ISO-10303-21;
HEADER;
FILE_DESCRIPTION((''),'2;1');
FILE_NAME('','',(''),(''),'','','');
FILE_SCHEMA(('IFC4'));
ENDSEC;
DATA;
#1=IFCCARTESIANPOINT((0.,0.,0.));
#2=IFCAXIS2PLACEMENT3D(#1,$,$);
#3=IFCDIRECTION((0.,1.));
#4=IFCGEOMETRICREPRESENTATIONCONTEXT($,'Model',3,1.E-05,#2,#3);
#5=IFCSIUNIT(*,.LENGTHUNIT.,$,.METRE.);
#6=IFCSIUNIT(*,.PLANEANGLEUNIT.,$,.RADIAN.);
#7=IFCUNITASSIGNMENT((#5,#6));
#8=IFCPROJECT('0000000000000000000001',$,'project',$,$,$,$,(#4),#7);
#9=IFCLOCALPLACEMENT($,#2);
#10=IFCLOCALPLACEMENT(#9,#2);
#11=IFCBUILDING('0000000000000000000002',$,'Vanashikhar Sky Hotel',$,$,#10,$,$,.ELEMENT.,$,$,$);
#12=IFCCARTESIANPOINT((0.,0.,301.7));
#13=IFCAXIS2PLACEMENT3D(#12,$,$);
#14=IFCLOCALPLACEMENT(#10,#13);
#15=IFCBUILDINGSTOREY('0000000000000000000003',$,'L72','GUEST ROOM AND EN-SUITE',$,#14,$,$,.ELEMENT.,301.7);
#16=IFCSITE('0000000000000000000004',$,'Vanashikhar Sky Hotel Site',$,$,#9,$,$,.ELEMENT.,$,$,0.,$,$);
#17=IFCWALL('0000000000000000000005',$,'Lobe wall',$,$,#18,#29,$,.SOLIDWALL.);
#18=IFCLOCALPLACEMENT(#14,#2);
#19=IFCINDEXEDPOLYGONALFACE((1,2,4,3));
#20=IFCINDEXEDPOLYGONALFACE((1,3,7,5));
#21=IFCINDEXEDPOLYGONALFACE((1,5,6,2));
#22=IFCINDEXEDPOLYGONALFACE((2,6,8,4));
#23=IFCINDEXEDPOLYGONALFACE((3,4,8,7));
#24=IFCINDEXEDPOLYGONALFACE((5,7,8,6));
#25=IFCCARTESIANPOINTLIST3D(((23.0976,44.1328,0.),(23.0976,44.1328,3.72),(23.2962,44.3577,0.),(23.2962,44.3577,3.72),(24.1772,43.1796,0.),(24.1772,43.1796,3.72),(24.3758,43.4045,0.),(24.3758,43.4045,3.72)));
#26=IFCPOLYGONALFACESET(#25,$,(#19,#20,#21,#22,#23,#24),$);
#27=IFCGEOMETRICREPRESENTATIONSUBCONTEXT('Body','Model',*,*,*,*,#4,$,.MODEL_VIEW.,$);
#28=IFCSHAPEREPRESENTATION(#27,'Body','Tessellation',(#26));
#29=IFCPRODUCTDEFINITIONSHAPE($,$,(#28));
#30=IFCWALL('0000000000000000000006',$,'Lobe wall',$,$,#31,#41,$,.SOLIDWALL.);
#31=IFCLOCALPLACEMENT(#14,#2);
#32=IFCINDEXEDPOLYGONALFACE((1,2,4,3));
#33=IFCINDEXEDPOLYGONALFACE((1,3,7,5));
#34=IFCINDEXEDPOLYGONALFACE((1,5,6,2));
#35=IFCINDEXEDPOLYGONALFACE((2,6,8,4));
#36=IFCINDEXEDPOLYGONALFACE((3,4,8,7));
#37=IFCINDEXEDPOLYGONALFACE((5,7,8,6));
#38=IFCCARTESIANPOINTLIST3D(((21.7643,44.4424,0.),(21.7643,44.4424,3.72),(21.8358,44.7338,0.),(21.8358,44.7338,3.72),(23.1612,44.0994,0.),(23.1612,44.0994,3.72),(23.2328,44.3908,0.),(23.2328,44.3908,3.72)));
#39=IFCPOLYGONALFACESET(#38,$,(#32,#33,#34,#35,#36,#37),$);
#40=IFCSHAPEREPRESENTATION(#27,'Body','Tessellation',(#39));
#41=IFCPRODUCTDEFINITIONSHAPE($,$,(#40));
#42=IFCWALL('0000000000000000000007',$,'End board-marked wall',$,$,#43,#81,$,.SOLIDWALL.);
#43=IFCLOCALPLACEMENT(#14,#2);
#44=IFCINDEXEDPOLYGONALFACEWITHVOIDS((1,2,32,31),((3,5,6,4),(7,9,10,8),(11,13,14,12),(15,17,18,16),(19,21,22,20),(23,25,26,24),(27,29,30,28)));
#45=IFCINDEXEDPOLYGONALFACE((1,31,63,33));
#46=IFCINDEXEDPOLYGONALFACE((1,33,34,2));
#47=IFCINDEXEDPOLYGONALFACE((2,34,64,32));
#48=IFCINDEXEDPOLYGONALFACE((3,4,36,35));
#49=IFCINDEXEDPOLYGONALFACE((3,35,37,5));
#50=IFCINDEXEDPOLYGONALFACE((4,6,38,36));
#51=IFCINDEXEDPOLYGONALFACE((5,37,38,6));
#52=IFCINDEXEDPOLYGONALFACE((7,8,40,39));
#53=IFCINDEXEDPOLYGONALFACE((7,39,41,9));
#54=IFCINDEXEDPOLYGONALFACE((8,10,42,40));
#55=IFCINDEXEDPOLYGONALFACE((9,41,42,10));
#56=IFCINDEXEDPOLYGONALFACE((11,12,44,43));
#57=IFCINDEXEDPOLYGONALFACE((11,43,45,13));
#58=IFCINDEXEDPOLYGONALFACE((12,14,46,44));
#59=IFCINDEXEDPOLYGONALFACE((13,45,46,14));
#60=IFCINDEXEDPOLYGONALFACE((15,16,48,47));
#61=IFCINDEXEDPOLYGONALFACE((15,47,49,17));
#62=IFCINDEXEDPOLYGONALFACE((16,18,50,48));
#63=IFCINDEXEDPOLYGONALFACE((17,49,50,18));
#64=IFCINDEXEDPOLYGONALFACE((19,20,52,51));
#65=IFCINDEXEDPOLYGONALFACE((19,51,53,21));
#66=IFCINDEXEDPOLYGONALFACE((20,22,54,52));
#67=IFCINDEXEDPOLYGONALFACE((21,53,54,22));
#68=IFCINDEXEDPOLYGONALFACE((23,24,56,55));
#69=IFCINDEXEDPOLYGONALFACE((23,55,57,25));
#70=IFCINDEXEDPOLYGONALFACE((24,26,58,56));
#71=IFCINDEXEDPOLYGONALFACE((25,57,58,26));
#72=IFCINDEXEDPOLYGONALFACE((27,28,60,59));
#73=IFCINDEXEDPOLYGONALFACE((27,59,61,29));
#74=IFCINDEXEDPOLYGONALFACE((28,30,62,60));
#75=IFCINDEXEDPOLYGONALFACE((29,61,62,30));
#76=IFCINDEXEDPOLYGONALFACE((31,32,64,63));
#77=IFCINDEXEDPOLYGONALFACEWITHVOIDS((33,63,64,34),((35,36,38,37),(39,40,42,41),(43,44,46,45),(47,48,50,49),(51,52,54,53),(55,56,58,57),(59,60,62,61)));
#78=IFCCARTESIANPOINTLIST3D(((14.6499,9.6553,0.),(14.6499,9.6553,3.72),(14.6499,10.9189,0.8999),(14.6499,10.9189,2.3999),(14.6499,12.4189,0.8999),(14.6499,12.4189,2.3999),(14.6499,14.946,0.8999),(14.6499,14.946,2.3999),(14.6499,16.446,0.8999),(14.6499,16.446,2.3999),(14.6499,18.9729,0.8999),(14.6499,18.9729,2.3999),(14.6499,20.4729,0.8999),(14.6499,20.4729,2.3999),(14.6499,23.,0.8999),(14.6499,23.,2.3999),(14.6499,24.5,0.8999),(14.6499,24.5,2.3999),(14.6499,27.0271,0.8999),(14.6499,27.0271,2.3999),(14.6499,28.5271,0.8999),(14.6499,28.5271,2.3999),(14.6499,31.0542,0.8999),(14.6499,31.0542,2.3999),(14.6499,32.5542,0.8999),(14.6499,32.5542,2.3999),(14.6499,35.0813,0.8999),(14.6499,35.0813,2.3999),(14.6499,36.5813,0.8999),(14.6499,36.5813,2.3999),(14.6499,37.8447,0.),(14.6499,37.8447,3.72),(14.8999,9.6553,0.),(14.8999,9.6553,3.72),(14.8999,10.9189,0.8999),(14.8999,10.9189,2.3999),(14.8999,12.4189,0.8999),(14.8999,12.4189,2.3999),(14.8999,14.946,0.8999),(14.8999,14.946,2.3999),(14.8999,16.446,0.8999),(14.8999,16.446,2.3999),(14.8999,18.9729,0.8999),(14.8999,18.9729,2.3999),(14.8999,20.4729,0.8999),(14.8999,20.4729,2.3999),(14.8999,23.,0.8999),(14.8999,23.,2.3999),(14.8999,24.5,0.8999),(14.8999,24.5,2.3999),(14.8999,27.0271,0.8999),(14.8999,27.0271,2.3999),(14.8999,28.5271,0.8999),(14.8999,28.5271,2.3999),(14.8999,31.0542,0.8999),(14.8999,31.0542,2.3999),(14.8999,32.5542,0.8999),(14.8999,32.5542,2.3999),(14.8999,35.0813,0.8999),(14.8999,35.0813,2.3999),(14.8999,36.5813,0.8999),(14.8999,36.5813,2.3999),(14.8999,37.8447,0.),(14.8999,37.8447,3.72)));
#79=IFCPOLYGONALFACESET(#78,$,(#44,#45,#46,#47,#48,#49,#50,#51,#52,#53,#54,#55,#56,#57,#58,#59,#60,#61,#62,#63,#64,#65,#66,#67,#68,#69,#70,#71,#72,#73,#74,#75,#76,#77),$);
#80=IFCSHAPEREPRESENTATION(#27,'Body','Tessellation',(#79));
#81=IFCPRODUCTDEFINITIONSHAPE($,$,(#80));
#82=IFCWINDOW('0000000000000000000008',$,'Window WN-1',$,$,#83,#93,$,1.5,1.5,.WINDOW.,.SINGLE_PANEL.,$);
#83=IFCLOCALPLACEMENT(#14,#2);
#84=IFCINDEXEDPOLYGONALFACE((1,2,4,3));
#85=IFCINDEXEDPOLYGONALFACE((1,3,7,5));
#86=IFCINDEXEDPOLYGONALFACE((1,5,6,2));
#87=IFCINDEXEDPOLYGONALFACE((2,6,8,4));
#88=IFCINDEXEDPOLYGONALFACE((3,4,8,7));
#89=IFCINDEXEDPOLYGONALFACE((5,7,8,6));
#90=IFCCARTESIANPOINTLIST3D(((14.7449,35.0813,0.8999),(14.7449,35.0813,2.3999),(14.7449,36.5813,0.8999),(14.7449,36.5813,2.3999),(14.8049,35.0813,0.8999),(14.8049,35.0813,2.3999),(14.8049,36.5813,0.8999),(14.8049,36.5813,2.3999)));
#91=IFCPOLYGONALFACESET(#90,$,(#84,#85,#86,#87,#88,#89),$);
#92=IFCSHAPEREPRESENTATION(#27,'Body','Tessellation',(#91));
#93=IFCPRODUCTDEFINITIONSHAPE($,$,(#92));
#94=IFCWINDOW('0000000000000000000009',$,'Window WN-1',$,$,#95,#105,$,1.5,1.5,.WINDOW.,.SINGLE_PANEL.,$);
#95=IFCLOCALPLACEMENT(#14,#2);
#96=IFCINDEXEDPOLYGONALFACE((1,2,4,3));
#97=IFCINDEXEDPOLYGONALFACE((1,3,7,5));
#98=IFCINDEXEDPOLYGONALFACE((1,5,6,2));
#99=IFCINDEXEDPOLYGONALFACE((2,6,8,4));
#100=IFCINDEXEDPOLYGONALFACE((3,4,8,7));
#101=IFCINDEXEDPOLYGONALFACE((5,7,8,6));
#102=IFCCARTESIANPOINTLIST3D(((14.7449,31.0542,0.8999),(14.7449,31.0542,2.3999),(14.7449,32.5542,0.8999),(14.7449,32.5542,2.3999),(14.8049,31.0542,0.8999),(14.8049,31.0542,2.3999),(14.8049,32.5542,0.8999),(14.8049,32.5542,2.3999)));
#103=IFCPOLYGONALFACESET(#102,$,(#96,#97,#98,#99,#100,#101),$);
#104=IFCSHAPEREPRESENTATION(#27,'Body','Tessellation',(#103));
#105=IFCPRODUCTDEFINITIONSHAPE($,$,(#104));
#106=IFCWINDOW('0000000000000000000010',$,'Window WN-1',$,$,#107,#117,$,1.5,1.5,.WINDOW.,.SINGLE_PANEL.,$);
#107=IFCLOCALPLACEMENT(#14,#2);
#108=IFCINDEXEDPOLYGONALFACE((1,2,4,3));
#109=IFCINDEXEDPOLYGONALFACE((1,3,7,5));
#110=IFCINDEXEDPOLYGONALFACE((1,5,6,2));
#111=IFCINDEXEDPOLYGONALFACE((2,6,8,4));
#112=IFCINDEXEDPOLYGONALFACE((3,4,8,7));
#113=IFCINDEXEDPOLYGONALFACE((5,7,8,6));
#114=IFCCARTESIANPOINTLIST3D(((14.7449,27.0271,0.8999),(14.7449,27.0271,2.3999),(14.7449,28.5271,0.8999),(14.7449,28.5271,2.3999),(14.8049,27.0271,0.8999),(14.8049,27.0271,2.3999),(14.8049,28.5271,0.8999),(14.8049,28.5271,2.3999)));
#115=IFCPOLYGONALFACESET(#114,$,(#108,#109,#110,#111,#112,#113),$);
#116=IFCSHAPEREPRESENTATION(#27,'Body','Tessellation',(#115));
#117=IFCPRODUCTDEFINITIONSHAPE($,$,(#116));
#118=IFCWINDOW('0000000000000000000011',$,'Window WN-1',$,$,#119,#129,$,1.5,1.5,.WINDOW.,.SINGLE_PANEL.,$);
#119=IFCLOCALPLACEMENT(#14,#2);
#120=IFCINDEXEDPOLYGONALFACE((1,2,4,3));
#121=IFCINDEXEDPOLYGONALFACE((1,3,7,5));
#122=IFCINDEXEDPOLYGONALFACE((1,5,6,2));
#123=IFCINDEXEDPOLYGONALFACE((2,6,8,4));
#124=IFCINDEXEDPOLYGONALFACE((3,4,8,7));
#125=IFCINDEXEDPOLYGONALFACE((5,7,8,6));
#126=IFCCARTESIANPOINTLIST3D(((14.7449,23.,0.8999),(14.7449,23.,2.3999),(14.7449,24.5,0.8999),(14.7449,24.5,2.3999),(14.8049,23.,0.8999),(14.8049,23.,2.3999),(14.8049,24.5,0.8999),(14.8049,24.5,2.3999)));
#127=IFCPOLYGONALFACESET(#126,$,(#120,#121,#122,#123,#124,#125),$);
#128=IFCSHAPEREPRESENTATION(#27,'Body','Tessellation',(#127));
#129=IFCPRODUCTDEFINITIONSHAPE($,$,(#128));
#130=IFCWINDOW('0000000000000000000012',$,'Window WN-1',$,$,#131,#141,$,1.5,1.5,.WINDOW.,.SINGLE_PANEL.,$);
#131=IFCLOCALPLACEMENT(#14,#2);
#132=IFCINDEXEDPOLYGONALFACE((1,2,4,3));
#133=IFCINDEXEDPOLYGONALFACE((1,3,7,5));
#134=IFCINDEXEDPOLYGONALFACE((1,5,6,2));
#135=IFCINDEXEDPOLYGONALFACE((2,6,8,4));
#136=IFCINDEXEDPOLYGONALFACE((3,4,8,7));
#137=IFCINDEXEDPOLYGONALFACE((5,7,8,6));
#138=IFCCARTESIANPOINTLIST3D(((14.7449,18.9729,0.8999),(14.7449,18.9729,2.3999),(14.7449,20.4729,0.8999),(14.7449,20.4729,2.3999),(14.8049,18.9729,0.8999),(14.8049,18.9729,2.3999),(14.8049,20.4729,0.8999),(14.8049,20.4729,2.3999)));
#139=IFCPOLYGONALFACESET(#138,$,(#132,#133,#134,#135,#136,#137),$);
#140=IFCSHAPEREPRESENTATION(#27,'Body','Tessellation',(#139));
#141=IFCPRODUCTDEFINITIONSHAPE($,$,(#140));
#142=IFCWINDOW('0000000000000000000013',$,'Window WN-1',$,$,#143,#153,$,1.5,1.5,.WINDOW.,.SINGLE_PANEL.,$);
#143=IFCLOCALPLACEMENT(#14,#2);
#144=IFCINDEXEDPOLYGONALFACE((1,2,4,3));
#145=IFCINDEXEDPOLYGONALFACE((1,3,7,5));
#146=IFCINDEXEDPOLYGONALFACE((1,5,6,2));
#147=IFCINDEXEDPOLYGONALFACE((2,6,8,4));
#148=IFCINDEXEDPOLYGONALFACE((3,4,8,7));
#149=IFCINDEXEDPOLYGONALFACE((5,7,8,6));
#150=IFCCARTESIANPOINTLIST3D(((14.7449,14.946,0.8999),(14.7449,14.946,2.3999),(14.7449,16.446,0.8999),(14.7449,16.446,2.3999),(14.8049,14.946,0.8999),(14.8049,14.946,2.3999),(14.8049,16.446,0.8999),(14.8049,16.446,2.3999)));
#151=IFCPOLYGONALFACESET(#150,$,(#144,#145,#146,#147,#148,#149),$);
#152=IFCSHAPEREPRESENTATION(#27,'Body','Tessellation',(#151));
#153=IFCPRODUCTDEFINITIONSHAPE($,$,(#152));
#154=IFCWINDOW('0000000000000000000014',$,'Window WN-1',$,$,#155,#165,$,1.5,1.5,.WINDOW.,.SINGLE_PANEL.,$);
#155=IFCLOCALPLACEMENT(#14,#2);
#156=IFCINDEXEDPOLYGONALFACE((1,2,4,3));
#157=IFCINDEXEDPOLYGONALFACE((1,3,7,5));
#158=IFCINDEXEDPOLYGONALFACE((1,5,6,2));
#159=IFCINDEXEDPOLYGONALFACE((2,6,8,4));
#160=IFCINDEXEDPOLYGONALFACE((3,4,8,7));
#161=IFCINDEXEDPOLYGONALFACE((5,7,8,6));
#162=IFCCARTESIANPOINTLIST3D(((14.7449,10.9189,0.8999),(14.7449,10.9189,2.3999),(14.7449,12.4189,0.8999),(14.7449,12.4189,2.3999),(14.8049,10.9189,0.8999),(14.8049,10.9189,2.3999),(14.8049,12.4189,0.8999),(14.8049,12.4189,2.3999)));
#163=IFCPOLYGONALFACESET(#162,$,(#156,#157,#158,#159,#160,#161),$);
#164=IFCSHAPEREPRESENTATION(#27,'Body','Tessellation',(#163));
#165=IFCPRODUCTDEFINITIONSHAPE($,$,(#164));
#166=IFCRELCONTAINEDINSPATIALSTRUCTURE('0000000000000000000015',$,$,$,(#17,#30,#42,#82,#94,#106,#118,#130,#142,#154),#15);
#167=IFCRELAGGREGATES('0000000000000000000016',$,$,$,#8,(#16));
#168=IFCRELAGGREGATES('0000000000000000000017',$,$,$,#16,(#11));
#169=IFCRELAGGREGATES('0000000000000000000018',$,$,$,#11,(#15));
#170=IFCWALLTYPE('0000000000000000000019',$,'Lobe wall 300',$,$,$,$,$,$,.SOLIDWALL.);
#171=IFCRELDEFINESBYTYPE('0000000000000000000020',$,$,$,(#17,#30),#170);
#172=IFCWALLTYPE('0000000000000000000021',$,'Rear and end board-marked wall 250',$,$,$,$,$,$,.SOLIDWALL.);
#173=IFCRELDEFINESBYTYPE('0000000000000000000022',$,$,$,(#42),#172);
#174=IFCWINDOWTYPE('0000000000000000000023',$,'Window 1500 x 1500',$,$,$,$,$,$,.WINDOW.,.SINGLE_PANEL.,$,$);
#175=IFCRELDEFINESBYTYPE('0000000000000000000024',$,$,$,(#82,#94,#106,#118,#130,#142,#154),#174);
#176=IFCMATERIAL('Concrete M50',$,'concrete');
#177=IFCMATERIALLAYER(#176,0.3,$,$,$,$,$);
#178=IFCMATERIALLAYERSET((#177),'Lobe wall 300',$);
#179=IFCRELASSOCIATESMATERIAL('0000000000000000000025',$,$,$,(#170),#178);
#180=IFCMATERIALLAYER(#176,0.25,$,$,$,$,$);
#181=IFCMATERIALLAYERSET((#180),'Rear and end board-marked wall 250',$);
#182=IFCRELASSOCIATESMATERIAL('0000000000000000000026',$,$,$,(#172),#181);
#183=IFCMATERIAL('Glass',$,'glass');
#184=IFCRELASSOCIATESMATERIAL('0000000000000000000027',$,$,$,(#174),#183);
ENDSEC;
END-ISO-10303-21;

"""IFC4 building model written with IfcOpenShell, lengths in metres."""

from ifc_helpers import new_model, si_unit, direction, frame, frame_2d, origin, place, context, subcontext, project, spatial, rectangle, extrude, source, transform, mapped, material, layer, layer_set, type_object, element, fill, save


model = new_model("IFC4")

# Units and contexts
model_context = context("Model", 3, precision=1e-05, world=origin(), true_north=direction((0.0, 1.0)))
body_context = subcontext(model_context, "Body", "Model", "MODEL_VIEW")
ifc_project = project(units=[si_unit("LENGTHUNIT", "METRE"), si_unit("PLANEANGLEUNIT", "RADIAN")], contexts=[model_context])

# Site, building, storey
site_placement = place(None, origin())
site = spatial("IfcSite", under=ifc_project, at=site_placement, Name="Vanashikhar Sky Hotel Site", CompositionType="ELEMENT", RefElevation=0.0)
building_placement = place(site_placement, origin())
building = spatial("IfcBuilding", under=site, at=building_placement, Name="Vanashikhar Sky Hotel", CompositionType="ELEMENT")
storey_placement = place(building_placement, frame((0.0, 0.0, 301.7)))
storey = spatial("IfcBuildingStorey", under=building, at=storey_placement, Name="L72", Description="GUEST ROOM AND EN-SUITE", CompositionType="ELEMENT", Elevation=301.7)

# Shared definitions
ifc_material_1 = material(Name="Concrete M50", Category="concrete")

# Shared definitions
ifc_layer_1 = layer(ifc_material_1, 0.3)
ifc_layer_set_1 = layer_set([ifc_layer_1], Name="Lobe wall 300")
wall_type_1 = type_object("IfcWallType", Name="Lobe wall 300", PredefinedType="SOLIDWALL", material=ifc_layer_set_1)
ifc_material_2 = material(Name="Glass", Category="glass")

# Walls
shared_shape_1 = source(origin(), body_context, "Body", "SweptSolid", [
    extrude(rectangle(XDim=1.4402, YDim=0.3, at=frame_2d((0.7202, 0.0))), origin(), (0.0, 0.0, 1.0), 3.72),
])
wall_1_placement = place(storey_placement, frame((24.2766, 43.292, 0.0), z_axis=(0.0, 0.0, 1.0), x_axis=(-0.74965, 0.661835, 0.0)))
element("IfcWall", 1, at=wall_1_placement, inside=storey, type_object=wall_type_1, Name="Lobe wall", PredefinedType="SOLIDWALL", context=body_context, shape_type="MappedRepresentation", body=[
    mapped(shared_shape_1, transform((0.0, 0.0, 0.0), scale=1.0)),
])
shared_shape_2 = source(origin(), body_context, "Body", "SweptSolid", [
    extrude(rectangle(XDim=1.4385, YDim=0.3, at=frame_2d((0.7192, 0.0))), origin(), (0.0, 0.0, 1.0), 3.72),
])
wall_2_placement = place(storey_placement, frame((23.197, 44.2451, 0.0), z_axis=(0.0, 0.0, 1.0), x_axis=(-0.971152, 0.23846, 0.0)))
element("IfcWall", 2, at=wall_2_placement, inside=storey, type_object=wall_type_1, Name="Lobe wall", PredefinedType="SOLIDWALL", context=body_context, shape_type="MappedRepresentation", body=[
    mapped(shared_shape_2, transform((0.0, 0.0, 0.0), scale=1.0)),
])

# Wall, openings, windows
ifc_layer_2 = layer(ifc_material_1, 0.25)
ifc_layer_set_2 = layer_set([ifc_layer_2], Name="Rear and end board-marked wall 250")
wall_type_2 = type_object("IfcWallType", Name="Rear and end board-marked wall 250", PredefinedType="SOLIDWALL", material=ifc_layer_set_2)
shared_shape_3 = source(origin(), body_context, "Body", "SweptSolid", [
    extrude(rectangle(XDim=28.1895, YDim=0.25, at=frame_2d((14.0947, 0.0))), origin(), (0.0, 0.0, 1.0), 3.72),
])
wall_3_placement = place(storey_placement, frame((14.7749, 37.8447, 0.0), z_axis=(0.0, 0.0, 1.0), x_axis=(0.0, -1.0, 0.0)))
wall_3 = element("IfcWall", 3, at=wall_3_placement, inside=storey, type_object=wall_type_2, Name="End board-marked wall", PredefinedType="SOLIDWALL", context=body_context, shape_type="MappedRepresentation", body=[
    mapped(shared_shape_3, transform((0.0, 0.0, 0.0), scale=1.0)),
])
shared_shape_4 = source(origin(), body_context, "Body", "SweptSolid", [
    extrude(rectangle(XDim=1.5, YDim=1.5, at=frame_2d((0.75, 0.75))), frame((0.0, 0.135, 0.0), z_axis=(0.0, -1.0, 0.0), x_axis=(1.0, 0.0, 0.0)), (0.0, 0.0, 1.0), 0.27),
])
opening_1_placement = place(wall_3_placement, frame((1.2634, 0.0, 0.8999)))
opening_1 = element("IfcOpeningElement", 4, at=opening_1_placement, cuts=wall_3, PredefinedType="OPENING", context=body_context, shape_type="MappedRepresentation", body=[
    mapped(shared_shape_4, transform((0.0, 0.0, 0.0), scale=1.0)),
])
opening_2_placement = place(wall_3_placement, frame((5.2905, 0.0, 0.8999)))
opening_2 = element("IfcOpeningElement", 5, at=opening_2_placement, cuts=wall_3, PredefinedType="OPENING", context=body_context, shape_type="MappedRepresentation", body=[
    mapped(shared_shape_4, transform((0.0, 0.0, 0.0), scale=1.0)),
])
opening_3_placement = place(wall_3_placement, frame((9.3176, 0.0, 0.8999)))
opening_3 = element("IfcOpeningElement", 6, at=opening_3_placement, cuts=wall_3, PredefinedType="OPENING", context=body_context, shape_type="MappedRepresentation", body=[
    mapped(shared_shape_4, transform((0.0, 0.0, 0.0), scale=1.0)),
])
opening_4_placement = place(wall_3_placement, frame((13.3447, 0.0, 0.8999)))
opening_4 = element("IfcOpeningElement", 7, at=opening_4_placement, cuts=wall_3, PredefinedType="OPENING", context=body_context, shape_type="MappedRepresentation", body=[
    mapped(shared_shape_4, transform((0.0, 0.0, 0.0), scale=1.0)),
])
opening_5_placement = place(wall_3_placement, frame((17.3718, 0.0, 0.8999)))
opening_5 = element("IfcOpeningElement", 8, at=opening_5_placement, cuts=wall_3, PredefinedType="OPENING", context=body_context, shape_type="MappedRepresentation", body=[
    mapped(shared_shape_4, transform((0.0, 0.0, 0.0), scale=1.0)),
])
opening_6_placement = place(wall_3_placement, frame((21.3987, 0.0, 0.8999)))
opening_6 = element("IfcOpeningElement", 9, at=opening_6_placement, cuts=wall_3, PredefinedType="OPENING", context=body_context, shape_type="MappedRepresentation", body=[
    mapped(shared_shape_4, transform((0.0, 0.0, 0.0), scale=1.0)),
])
opening_7_placement = place(wall_3_placement, frame((25.4258, 0.0, 0.8999)))
opening_7 = element("IfcOpeningElement", 10, at=opening_7_placement, cuts=wall_3, PredefinedType="OPENING", context=body_context, shape_type="MappedRepresentation", body=[
    mapped(shared_shape_4, transform((0.0, 0.0, 0.0), scale=1.0)),
])
window_type_1 = type_object("IfcWindowType", Name="Window 1500 x 1500", PartitioningType="SINGLE_PANEL", PredefinedType="WINDOW", material=ifc_material_2)
shared_shape_5 = source(origin(), body_context, "Body", "SweptSolid", [
    extrude(rectangle(XDim=1.5, YDim=1.5, at=frame_2d((0.75, 0.75))), frame((0.0, 0.03, 0.0), z_axis=(0.0, -1.0, 0.0), x_axis=(1.0, 0.0, 0.0)), (0.0, 0.0, 1.0), 0.0601),
])
window_1_placement = place(opening_1_placement, origin())
window_1 = element("IfcWindow", 11, at=window_1_placement, inside=storey, type_object=window_type_1, Name="Window WN-1", OverallHeight=1.5, OverallWidth=1.5, PartitioningType="SINGLE_PANEL", PredefinedType="WINDOW", context=body_context, shape_type="MappedRepresentation", body=[
    mapped(shared_shape_5, transform((0.0, 0.0, 0.0), scale=1.0)),
])
fill(opening_1, window_1)
window_2_placement = place(opening_2_placement, origin())
window_2 = element("IfcWindow", 12, at=window_2_placement, inside=storey, type_object=window_type_1, Name="Window WN-1", OverallHeight=1.5, OverallWidth=1.5, PartitioningType="SINGLE_PANEL", PredefinedType="WINDOW", context=body_context, shape_type="MappedRepresentation", body=[
    mapped(shared_shape_5, transform((0.0, 0.0, 0.0), scale=1.0)),
])
fill(opening_2, window_2)
window_3_placement = place(opening_3_placement, origin())
window_3 = element("IfcWindow", 13, at=window_3_placement, inside=storey, type_object=window_type_1, Name="Window WN-1", OverallHeight=1.5, OverallWidth=1.5, PartitioningType="SINGLE_PANEL", PredefinedType="WINDOW", context=body_context, shape_type="MappedRepresentation", body=[
    mapped(shared_shape_5, transform((0.0, 0.0, 0.0), scale=1.0)),
])
fill(opening_3, window_3)
window_4_placement = place(opening_4_placement, origin())
window_4 = element("IfcWindow", 14, at=window_4_placement, inside=storey, type_object=window_type_1, Name="Window WN-1", OverallHeight=1.5, OverallWidth=1.5, PartitioningType="SINGLE_PANEL", PredefinedType="WINDOW", context=body_context, shape_type="MappedRepresentation", body=[
    mapped(shared_shape_5, transform((0.0, 0.0, 0.0), scale=1.0)),
])
fill(opening_4, window_4)
window_5_placement = place(opening_5_placement, origin())
window_5 = element("IfcWindow", 15, at=window_5_placement, inside=storey, type_object=window_type_1, Name="Window WN-1", OverallHeight=1.5, OverallWidth=1.5, PartitioningType="SINGLE_PANEL", PredefinedType="WINDOW", context=body_context, shape_type="MappedRepresentation", body=[
    mapped(shared_shape_5, transform((0.0, 0.0, 0.0), scale=1.0)),
])
fill(opening_5, window_5)
window_6_placement = place(opening_6_placement, origin())
window_6 = element("IfcWindow", 16, at=window_6_placement, inside=storey, type_object=window_type_1, Name="Window WN-1", OverallHeight=1.5, OverallWidth=1.5, PartitioningType="SINGLE_PANEL", PredefinedType="WINDOW", context=body_context, shape_type="MappedRepresentation", body=[
    mapped(shared_shape_5, transform((0.0, 0.0, 0.0), scale=1.0)),
])
fill(opening_6, window_6)
window_7_placement = place(opening_7_placement, origin())
window_7 = element("IfcWindow", 17, at=window_7_placement, inside=storey, type_object=window_type_1, Name="Window WN-1", OverallHeight=1.5, OverallWidth=1.5, PartitioningType="SINGLE_PANEL", PredefinedType="WINDOW", context=body_context, shape_type="MappedRepresentation", body=[
    mapped(shared_shape_5, transform((0.0, 0.0, 0.0), scale=1.0)),
])
fill(opening_7, window_7)

save(model, "model.ifc")
